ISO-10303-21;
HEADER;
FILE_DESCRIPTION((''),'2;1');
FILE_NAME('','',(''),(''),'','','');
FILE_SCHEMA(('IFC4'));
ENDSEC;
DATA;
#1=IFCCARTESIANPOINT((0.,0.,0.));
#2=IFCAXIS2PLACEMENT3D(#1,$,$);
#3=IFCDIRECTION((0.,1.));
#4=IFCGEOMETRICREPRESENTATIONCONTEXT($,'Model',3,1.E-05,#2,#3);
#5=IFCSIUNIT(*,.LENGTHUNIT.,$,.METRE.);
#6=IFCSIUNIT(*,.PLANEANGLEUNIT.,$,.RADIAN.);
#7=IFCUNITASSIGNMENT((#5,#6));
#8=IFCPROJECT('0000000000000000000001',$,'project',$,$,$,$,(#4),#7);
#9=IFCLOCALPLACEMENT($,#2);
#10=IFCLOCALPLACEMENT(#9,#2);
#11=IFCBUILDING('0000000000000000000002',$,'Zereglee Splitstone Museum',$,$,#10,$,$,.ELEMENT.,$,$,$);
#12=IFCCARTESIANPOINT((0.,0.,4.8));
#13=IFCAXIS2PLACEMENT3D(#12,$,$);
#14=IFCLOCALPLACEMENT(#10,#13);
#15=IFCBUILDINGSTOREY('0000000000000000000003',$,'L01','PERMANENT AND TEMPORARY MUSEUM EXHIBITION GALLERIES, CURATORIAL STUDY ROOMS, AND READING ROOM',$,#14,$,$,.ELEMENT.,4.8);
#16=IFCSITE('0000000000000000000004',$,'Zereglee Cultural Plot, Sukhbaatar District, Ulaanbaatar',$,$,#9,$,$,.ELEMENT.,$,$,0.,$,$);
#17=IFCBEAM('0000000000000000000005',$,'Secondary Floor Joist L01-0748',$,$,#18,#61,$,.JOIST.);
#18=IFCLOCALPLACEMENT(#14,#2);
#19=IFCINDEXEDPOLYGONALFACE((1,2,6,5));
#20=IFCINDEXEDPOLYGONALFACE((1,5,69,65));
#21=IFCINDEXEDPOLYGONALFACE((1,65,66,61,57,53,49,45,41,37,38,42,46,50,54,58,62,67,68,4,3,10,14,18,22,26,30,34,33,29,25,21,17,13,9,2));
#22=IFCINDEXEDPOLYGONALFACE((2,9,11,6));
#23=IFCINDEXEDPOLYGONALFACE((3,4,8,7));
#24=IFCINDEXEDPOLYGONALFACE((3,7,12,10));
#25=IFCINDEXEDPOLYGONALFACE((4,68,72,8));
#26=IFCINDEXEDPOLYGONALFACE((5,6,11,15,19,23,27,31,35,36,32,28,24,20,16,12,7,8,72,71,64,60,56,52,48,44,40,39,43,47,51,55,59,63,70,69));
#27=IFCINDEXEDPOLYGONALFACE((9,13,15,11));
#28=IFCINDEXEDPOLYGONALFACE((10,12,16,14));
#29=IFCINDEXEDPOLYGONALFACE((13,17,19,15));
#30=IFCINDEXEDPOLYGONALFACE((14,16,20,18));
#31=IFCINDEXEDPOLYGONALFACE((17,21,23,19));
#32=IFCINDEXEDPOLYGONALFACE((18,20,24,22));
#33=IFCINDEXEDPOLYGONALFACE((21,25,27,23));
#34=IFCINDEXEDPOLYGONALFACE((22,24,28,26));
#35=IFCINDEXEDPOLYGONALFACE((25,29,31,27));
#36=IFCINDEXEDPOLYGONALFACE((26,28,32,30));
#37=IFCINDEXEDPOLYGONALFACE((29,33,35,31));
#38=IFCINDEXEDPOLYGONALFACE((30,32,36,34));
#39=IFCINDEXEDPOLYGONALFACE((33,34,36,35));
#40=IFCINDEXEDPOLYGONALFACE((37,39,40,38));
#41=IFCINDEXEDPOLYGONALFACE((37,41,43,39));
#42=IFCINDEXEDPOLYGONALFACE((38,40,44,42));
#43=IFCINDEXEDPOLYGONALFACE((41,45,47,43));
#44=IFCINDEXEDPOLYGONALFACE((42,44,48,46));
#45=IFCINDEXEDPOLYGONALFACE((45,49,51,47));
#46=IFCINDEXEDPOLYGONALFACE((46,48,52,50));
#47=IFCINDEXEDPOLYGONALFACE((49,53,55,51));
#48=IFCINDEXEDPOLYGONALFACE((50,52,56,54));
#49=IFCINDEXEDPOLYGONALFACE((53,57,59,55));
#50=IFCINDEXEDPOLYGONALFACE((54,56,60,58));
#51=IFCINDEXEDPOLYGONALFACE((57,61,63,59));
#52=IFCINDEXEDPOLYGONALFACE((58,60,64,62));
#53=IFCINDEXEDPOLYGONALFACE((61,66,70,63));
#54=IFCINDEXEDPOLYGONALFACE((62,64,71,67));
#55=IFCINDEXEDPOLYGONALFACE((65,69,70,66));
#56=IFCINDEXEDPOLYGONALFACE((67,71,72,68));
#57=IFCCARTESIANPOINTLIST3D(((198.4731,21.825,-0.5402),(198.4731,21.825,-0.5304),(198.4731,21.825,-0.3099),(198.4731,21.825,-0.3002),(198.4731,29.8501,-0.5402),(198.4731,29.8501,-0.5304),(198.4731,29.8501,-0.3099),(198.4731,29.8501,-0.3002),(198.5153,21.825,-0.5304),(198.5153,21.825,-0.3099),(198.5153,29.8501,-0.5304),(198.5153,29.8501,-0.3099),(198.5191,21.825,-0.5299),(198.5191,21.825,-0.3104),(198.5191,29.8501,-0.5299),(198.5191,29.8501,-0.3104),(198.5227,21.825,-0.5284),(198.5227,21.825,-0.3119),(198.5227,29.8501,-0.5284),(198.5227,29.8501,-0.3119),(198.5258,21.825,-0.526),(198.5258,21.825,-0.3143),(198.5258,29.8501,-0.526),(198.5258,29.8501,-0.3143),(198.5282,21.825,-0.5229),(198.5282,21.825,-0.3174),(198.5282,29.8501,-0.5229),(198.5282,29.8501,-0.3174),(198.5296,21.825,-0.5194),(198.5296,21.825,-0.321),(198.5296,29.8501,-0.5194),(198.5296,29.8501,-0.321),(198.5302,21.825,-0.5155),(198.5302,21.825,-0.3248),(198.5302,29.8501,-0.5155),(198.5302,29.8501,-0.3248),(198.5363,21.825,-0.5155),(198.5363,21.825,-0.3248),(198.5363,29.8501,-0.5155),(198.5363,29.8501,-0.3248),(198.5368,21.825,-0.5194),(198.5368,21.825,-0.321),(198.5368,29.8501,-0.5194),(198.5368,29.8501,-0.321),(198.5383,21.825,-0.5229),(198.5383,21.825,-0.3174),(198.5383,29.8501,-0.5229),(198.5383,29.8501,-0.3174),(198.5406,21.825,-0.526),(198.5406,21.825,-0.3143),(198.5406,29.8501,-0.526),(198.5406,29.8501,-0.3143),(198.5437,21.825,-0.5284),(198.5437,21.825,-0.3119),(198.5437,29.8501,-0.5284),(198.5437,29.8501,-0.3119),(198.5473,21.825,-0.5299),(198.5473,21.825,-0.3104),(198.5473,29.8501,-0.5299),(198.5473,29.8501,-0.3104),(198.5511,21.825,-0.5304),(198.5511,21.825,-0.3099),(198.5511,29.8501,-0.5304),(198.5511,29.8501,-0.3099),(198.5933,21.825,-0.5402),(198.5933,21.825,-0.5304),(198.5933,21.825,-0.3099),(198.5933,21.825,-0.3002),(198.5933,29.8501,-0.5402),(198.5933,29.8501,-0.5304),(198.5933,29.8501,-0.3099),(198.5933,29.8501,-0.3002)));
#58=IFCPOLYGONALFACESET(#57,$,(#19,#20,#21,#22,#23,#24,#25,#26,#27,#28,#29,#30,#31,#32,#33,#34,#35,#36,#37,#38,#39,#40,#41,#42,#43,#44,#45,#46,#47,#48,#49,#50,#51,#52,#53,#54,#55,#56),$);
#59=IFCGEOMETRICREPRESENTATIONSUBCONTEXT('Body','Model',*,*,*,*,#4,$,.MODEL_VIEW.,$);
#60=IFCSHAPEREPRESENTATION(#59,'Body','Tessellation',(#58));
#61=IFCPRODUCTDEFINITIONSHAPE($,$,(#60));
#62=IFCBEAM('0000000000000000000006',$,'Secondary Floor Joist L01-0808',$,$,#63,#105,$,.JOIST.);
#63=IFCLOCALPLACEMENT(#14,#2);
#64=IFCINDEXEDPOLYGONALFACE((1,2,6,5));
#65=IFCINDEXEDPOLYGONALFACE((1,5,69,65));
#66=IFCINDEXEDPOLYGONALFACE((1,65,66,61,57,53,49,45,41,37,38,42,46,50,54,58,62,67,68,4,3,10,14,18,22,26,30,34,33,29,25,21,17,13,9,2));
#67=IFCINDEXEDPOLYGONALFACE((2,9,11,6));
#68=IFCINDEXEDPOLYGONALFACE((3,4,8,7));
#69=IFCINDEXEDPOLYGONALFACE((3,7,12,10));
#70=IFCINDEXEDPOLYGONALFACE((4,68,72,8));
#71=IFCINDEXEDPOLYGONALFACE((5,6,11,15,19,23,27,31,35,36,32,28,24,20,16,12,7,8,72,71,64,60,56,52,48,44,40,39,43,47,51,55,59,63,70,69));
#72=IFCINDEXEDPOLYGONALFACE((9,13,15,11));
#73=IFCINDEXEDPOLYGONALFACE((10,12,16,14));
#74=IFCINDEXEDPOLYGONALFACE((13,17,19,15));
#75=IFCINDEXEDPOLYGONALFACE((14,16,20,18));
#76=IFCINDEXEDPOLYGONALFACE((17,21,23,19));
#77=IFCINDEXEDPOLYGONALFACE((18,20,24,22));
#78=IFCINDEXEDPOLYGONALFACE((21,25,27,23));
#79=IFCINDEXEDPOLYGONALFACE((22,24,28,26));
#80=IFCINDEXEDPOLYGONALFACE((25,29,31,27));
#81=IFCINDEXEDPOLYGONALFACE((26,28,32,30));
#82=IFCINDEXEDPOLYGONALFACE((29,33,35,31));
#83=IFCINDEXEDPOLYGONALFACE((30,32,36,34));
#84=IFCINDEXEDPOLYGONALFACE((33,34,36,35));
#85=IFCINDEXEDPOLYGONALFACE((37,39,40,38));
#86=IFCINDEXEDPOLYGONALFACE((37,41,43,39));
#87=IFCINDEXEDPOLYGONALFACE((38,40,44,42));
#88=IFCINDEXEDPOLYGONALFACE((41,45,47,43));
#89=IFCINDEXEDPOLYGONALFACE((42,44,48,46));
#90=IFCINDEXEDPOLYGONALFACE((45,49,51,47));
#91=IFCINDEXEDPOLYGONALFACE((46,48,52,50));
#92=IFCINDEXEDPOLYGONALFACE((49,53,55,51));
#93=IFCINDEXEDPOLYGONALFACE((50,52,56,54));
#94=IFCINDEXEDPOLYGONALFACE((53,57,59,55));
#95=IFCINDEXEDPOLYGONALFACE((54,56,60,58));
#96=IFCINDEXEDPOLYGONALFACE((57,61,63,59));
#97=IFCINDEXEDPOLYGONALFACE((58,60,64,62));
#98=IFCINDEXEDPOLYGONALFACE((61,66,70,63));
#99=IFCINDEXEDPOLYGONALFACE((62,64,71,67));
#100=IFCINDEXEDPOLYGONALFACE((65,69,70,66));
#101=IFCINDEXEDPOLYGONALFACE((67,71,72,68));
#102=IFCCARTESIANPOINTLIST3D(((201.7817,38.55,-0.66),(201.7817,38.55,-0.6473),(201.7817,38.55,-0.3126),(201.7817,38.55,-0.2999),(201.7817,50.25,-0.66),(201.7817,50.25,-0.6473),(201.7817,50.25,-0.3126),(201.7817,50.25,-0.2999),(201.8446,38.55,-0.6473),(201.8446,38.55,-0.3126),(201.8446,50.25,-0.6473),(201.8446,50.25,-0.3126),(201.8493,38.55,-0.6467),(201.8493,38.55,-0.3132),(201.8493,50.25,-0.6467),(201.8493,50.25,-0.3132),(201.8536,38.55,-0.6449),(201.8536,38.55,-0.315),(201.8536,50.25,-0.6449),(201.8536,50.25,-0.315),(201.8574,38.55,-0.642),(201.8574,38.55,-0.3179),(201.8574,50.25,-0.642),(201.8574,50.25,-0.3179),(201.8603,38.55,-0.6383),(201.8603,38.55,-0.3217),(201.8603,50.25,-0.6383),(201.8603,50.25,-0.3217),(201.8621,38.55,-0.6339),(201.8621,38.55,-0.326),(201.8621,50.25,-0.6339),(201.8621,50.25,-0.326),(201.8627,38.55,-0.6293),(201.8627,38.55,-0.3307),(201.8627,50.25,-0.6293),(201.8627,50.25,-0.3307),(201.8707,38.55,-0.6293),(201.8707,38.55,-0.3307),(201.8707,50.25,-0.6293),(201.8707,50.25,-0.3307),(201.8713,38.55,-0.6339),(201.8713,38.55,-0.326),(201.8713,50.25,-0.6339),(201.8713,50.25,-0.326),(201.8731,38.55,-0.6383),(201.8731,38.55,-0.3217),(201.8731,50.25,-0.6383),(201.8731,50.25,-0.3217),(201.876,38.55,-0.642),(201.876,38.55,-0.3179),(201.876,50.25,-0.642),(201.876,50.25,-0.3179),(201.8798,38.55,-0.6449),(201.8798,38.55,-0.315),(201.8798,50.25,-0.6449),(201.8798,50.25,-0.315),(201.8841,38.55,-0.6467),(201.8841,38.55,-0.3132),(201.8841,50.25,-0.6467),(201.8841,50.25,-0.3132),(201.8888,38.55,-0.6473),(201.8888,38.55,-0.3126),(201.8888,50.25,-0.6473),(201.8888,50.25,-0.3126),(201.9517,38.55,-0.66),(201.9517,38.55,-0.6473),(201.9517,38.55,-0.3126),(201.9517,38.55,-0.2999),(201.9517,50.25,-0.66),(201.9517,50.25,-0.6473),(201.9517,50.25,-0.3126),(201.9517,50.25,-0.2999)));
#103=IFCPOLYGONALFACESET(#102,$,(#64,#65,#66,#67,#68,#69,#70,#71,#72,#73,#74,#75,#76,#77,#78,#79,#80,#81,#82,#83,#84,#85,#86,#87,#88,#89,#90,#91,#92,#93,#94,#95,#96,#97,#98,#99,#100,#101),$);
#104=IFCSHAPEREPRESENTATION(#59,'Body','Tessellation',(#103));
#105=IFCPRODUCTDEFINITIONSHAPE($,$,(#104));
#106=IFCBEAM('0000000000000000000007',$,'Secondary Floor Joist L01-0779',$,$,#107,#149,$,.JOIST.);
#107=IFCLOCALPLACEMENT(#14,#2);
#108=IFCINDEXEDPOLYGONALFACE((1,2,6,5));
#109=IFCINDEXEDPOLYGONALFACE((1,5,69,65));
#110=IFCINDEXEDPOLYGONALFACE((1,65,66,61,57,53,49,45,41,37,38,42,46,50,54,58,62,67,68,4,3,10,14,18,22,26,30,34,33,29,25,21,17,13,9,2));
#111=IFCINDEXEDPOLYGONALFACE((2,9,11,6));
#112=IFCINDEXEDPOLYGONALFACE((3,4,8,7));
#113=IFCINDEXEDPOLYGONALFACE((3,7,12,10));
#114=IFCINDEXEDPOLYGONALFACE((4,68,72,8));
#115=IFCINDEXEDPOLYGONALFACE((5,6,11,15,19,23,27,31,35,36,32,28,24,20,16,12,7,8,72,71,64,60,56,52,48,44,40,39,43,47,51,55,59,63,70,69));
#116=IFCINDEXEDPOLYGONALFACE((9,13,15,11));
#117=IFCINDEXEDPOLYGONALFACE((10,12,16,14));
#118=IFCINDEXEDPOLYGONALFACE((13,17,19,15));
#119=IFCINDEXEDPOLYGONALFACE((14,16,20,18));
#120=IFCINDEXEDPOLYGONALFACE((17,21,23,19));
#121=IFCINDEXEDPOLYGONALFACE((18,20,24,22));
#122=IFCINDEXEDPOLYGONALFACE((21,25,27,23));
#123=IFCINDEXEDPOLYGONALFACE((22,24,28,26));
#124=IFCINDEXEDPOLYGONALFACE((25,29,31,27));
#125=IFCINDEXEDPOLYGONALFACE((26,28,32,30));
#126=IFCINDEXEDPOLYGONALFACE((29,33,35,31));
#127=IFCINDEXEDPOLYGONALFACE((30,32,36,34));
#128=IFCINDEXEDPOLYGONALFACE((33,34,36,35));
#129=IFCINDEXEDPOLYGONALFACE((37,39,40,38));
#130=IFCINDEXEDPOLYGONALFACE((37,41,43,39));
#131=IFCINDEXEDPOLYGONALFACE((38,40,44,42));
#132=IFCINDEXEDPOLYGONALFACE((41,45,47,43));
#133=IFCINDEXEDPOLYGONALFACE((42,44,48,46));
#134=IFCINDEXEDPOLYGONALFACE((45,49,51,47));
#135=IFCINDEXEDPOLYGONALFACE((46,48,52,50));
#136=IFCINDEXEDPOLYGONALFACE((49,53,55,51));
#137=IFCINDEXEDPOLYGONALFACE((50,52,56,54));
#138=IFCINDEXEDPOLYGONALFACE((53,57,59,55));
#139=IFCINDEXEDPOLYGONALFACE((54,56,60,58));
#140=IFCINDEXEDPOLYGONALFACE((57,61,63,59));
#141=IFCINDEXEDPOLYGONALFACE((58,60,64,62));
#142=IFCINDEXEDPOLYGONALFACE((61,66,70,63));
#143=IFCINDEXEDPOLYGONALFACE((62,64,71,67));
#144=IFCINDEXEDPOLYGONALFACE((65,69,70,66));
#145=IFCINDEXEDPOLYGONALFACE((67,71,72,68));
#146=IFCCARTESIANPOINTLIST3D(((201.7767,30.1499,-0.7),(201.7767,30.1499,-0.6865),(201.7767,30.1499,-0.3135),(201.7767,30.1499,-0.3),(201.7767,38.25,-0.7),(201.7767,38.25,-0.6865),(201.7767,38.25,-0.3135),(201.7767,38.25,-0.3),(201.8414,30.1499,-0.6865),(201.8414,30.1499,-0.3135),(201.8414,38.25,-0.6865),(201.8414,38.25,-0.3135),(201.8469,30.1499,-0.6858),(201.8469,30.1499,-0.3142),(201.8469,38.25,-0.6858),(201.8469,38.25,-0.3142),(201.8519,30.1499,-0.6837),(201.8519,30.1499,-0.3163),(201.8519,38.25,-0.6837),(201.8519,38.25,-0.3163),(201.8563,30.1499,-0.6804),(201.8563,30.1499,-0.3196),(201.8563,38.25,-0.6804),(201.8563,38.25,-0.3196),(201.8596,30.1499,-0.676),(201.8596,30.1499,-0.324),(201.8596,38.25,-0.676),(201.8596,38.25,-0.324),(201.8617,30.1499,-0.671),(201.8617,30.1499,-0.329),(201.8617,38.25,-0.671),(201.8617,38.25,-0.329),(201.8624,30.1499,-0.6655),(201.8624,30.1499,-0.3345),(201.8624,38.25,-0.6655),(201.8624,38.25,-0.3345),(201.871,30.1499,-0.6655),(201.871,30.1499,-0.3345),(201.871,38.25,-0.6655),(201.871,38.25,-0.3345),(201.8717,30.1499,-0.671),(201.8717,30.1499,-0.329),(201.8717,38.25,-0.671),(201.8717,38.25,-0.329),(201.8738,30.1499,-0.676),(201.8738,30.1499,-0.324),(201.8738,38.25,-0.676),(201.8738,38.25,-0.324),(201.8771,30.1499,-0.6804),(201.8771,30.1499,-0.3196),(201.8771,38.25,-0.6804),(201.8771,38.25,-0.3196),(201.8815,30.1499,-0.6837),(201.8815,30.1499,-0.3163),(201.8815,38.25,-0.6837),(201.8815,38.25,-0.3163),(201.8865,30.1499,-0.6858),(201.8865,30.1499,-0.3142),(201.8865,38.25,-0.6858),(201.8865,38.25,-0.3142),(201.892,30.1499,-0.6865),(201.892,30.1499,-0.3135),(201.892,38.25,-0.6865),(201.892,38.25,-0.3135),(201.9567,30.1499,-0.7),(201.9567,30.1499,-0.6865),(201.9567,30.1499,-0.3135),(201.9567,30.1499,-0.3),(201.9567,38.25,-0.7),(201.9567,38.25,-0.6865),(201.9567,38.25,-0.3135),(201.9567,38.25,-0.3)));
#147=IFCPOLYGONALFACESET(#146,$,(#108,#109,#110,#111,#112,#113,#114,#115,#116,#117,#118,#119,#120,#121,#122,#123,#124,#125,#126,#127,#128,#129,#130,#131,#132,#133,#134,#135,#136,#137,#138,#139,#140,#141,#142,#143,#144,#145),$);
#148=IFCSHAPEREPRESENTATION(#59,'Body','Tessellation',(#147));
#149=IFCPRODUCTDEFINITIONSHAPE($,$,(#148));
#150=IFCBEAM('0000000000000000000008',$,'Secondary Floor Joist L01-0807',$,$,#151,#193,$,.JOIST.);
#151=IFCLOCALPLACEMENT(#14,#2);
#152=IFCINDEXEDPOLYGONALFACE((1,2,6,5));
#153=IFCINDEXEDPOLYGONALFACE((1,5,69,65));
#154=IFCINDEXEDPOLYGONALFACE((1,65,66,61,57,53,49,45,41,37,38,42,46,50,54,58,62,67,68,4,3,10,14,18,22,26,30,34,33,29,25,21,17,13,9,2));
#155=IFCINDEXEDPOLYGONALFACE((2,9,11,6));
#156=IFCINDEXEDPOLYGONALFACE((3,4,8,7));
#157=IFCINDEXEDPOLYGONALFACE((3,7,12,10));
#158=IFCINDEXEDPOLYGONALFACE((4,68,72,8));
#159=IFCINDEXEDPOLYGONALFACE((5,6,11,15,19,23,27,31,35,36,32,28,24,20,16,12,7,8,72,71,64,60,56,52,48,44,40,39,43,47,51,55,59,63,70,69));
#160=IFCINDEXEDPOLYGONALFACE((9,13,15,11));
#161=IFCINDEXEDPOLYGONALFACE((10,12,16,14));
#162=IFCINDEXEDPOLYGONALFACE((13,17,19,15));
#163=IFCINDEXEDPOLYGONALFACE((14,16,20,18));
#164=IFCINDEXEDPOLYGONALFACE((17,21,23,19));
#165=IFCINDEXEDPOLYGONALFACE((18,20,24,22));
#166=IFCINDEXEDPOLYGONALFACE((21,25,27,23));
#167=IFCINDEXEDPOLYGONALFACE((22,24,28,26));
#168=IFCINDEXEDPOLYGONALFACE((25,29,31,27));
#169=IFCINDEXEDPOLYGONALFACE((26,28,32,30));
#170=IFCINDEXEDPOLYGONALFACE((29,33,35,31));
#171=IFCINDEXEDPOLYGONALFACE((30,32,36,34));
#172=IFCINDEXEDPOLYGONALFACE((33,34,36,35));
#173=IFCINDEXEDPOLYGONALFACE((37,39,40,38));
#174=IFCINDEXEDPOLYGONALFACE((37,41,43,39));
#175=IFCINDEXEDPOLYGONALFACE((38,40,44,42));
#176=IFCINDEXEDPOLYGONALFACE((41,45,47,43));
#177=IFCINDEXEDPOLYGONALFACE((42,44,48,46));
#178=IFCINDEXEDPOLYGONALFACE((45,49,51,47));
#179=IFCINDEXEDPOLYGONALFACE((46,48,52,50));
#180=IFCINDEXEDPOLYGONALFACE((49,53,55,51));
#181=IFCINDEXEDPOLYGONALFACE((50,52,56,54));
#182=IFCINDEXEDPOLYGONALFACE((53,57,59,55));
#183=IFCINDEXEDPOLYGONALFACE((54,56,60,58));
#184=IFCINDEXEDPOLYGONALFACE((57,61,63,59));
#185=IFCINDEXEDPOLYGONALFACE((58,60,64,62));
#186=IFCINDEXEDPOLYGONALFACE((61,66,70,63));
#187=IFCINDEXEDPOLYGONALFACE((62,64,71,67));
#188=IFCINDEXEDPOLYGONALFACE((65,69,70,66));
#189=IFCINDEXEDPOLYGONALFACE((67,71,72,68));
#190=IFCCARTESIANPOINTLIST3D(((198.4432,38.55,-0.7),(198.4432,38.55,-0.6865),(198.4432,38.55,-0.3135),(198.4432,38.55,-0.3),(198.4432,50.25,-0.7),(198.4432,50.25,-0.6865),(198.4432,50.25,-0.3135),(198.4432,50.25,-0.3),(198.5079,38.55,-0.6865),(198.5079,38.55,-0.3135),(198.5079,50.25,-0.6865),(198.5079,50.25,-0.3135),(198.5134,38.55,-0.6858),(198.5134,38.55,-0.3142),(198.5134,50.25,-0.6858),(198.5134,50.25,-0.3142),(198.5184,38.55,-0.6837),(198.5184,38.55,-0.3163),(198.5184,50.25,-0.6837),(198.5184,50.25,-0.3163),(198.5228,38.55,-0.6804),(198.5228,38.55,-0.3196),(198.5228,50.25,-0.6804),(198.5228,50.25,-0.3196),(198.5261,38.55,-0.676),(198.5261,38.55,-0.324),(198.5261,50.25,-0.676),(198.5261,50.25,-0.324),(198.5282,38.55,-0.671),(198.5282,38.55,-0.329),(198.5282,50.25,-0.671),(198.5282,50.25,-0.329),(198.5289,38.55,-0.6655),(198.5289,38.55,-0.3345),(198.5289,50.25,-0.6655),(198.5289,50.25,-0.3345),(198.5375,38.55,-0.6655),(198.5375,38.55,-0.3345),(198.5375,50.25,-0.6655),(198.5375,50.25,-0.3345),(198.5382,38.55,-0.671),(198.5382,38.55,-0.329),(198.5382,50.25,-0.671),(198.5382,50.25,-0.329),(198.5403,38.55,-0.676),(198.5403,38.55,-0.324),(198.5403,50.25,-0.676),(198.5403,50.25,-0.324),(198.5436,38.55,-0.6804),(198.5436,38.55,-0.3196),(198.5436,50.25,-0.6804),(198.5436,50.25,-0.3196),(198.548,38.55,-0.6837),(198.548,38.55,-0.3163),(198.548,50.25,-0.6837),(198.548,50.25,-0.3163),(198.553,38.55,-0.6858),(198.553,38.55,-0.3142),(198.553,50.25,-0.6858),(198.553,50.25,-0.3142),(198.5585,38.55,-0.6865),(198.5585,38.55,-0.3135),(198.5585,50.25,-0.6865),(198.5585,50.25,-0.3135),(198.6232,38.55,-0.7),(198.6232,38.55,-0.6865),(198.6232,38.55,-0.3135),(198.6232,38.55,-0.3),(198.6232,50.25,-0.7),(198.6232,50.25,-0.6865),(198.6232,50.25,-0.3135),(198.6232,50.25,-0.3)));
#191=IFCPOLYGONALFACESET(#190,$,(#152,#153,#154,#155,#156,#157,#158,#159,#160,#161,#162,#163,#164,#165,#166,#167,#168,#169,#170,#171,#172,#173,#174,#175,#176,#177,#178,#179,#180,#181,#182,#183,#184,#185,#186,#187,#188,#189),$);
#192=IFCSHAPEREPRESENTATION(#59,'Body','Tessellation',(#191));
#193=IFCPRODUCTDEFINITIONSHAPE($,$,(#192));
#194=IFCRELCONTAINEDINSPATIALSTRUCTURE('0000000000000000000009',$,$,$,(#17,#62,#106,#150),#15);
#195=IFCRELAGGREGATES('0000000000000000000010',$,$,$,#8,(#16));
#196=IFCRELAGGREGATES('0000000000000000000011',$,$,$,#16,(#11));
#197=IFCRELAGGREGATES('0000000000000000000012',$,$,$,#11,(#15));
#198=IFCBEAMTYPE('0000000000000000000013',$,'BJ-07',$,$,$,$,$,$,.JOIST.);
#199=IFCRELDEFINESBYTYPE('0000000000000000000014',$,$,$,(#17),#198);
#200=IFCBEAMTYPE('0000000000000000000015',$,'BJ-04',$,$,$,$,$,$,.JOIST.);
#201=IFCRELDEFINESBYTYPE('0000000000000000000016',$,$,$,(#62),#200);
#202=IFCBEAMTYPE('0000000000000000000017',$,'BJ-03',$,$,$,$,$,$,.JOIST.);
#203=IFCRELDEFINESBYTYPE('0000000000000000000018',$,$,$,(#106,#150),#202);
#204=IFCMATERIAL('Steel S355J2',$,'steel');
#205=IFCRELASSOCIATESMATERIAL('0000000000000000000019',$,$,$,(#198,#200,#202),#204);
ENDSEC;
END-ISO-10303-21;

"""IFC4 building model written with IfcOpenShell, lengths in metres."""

from ifc_helpers import new_model, si_unit, direction, frame, origin, origin_2d, place, context, subcontext, project, spatial, i_section, extrude, material, material_profile, profile_set, type_object, element, save


model = new_model("IFC4")

# Units and contexts
model_context = context("Model", 3, precision=1e-05, world=origin(), true_north=direction((0.0, 1.0)))
body_context = subcontext(model_context, "Body", "Model", "MODEL_VIEW")
ifc_project = project(units=[si_unit("LENGTHUNIT", "METRE"), si_unit("PLANEANGLEUNIT", "RADIAN")], contexts=[model_context])

# Site, building, storey
site_placement = place(None, origin())
site = spatial("IfcSite", under=ifc_project, at=site_placement, Name="Zereglee Cultural Plot, Sukhbaatar District, Ulaanbaatar", CompositionType="ELEMENT", RefElevation=0.0)
building_placement = place(site_placement, origin())
building = spatial("IfcBuilding", under=site, at=building_placement, Name="Zereglee Splitstone Museum", CompositionType="ELEMENT")
storey_placement = place(building_placement, frame((0.0, 0.0, 4.8)))
storey = spatial("IfcBuildingStorey", under=building, at=storey_placement, Name="L01", Description="PERMANENT AND TEMPORARY MUSEUM EXHIBITION GALLERIES, CURATORIAL STUDY ROOMS, AND READING ROOM", CompositionType="ELEMENT", Elevation=4.8)

# Shared definitions
ifc_material_1 = material(Name="Steel S355J2", Category="steel")

# Beams
ifc_material_profile_1 = material_profile(ifc_material_1, i_section(OverallWidth=0.1201, OverallDepth=0.24, WebThickness=0.0061, FlangeThickness=0.0098, FilletRadius=0.0149, at=origin_2d()), Name="IPE 240")
ifc_profile_set_1 = profile_set([ifc_material_profile_1], Name="Steel S355J2")
beam_type_1 = type_object("IfcBeamType", Name="BJ-07", PredefinedType="JOIST", material=ifc_profile_set_1)
beam_1_placement = place(storey_placement, frame((198.5332, 21.825, -0.4202), z_axis=(0.0, 1.0, 0.0), x_axis=(-1.0, 0.0, 0.0)))
element("IfcBeam", 1, at=beam_1_placement, inside=storey, type_object=beam_type_1, Name="Secondary Floor Joist L01-0748", PredefinedType="JOIST", context=body_context, shape_type="SweptSolid", body=[
    extrude(i_section(OverallWidth=0.1201, OverallDepth=0.24, WebThickness=0.0061, FlangeThickness=0.0098, FilletRadius=0.0149, at=origin_2d()), origin(), (0.0, 0.0, 1.0), 8.0251),
])
ifc_material_profile_2 = material_profile(ifc_material_1, i_section(OverallWidth=0.1699, OverallDepth=0.3601, WebThickness=0.0081, FlangeThickness=0.0127, FilletRadius=0.0181, at=origin_2d()), Name="IPE 360")
ifc_profile_set_2 = profile_set([ifc_material_profile_2], Name="Steel S355J2")
beam_type_2 = type_object("IfcBeamType", Name="BJ-04", PredefinedType="JOIST", material=ifc_profile_set_2)
beam_2_placement = place(storey_placement, frame((201.8667, 38.55, -0.48), z_axis=(0.0, 1.0, 0.0), x_axis=(-1.0, 0.0, 0.0)))
element("IfcBeam", 2, at=beam_2_placement, inside=storey, type_object=beam_type_2, Name="Secondary Floor Joist L01-0808", PredefinedType="JOIST", context=body_context, shape_type="SweptSolid", body=[
    extrude(i_section(OverallWidth=0.1699, OverallDepth=0.3601, WebThickness=0.0081, FlangeThickness=0.0127, FilletRadius=0.0181, at=origin_2d()), origin(), (0.0, 0.0, 1.0), 11.7),
])
ifc_material_profile_3 = material_profile(ifc_material_1, i_section(OverallWidth=0.1799, OverallDepth=0.3999, WebThickness=0.0085, FlangeThickness=0.0134, FilletRadius=0.021, at=origin_2d()), Name="IPE 400")
ifc_profile_set_3 = profile_set([ifc_material_profile_3], Name="Steel S355J2")
beam_type_3 = type_object("IfcBeamType", Name="BJ-03", PredefinedType="JOIST", material=ifc_profile_set_3)
beam_3_placement = place(storey_placement, frame((201.8667, 30.1499, -0.5), z_axis=(0.0, 1.0, 0.0), x_axis=(-1.0, 0.0, 0.0)))
element("IfcBeam", 3, at=beam_3_placement, inside=storey, type_object=beam_type_3, Name="Secondary Floor Joist L01-0779", PredefinedType="JOIST", context=body_context, shape_type="SweptSolid", body=[
    extrude(i_section(OverallWidth=0.1799, OverallDepth=0.3999, WebThickness=0.0085, FlangeThickness=0.0134, FilletRadius=0.021, at=origin_2d()), origin(), (0.0, 0.0, 1.0), 8.1001),
])
beam_4_placement = place(storey_placement, frame((198.5332, 38.55, -0.5), z_axis=(0.0, 1.0, 0.0), x_axis=(-1.0, 0.0, 0.0)))
element("IfcBeam", 4, at=beam_4_placement, inside=storey, type_object=beam_type_3, Name="Secondary Floor Joist L01-0807", PredefinedType="JOIST", context=body_context, shape_type="SweptSolid", body=[
    extrude(i_section(OverallWidth=0.1799, OverallDepth=0.3999, WebThickness=0.0085, FlangeThickness=0.0134, FilletRadius=0.021, at=origin_2d()), origin(), (0.0, 0.0, 1.0), 11.7),
])

save(model, "model.ifc")
